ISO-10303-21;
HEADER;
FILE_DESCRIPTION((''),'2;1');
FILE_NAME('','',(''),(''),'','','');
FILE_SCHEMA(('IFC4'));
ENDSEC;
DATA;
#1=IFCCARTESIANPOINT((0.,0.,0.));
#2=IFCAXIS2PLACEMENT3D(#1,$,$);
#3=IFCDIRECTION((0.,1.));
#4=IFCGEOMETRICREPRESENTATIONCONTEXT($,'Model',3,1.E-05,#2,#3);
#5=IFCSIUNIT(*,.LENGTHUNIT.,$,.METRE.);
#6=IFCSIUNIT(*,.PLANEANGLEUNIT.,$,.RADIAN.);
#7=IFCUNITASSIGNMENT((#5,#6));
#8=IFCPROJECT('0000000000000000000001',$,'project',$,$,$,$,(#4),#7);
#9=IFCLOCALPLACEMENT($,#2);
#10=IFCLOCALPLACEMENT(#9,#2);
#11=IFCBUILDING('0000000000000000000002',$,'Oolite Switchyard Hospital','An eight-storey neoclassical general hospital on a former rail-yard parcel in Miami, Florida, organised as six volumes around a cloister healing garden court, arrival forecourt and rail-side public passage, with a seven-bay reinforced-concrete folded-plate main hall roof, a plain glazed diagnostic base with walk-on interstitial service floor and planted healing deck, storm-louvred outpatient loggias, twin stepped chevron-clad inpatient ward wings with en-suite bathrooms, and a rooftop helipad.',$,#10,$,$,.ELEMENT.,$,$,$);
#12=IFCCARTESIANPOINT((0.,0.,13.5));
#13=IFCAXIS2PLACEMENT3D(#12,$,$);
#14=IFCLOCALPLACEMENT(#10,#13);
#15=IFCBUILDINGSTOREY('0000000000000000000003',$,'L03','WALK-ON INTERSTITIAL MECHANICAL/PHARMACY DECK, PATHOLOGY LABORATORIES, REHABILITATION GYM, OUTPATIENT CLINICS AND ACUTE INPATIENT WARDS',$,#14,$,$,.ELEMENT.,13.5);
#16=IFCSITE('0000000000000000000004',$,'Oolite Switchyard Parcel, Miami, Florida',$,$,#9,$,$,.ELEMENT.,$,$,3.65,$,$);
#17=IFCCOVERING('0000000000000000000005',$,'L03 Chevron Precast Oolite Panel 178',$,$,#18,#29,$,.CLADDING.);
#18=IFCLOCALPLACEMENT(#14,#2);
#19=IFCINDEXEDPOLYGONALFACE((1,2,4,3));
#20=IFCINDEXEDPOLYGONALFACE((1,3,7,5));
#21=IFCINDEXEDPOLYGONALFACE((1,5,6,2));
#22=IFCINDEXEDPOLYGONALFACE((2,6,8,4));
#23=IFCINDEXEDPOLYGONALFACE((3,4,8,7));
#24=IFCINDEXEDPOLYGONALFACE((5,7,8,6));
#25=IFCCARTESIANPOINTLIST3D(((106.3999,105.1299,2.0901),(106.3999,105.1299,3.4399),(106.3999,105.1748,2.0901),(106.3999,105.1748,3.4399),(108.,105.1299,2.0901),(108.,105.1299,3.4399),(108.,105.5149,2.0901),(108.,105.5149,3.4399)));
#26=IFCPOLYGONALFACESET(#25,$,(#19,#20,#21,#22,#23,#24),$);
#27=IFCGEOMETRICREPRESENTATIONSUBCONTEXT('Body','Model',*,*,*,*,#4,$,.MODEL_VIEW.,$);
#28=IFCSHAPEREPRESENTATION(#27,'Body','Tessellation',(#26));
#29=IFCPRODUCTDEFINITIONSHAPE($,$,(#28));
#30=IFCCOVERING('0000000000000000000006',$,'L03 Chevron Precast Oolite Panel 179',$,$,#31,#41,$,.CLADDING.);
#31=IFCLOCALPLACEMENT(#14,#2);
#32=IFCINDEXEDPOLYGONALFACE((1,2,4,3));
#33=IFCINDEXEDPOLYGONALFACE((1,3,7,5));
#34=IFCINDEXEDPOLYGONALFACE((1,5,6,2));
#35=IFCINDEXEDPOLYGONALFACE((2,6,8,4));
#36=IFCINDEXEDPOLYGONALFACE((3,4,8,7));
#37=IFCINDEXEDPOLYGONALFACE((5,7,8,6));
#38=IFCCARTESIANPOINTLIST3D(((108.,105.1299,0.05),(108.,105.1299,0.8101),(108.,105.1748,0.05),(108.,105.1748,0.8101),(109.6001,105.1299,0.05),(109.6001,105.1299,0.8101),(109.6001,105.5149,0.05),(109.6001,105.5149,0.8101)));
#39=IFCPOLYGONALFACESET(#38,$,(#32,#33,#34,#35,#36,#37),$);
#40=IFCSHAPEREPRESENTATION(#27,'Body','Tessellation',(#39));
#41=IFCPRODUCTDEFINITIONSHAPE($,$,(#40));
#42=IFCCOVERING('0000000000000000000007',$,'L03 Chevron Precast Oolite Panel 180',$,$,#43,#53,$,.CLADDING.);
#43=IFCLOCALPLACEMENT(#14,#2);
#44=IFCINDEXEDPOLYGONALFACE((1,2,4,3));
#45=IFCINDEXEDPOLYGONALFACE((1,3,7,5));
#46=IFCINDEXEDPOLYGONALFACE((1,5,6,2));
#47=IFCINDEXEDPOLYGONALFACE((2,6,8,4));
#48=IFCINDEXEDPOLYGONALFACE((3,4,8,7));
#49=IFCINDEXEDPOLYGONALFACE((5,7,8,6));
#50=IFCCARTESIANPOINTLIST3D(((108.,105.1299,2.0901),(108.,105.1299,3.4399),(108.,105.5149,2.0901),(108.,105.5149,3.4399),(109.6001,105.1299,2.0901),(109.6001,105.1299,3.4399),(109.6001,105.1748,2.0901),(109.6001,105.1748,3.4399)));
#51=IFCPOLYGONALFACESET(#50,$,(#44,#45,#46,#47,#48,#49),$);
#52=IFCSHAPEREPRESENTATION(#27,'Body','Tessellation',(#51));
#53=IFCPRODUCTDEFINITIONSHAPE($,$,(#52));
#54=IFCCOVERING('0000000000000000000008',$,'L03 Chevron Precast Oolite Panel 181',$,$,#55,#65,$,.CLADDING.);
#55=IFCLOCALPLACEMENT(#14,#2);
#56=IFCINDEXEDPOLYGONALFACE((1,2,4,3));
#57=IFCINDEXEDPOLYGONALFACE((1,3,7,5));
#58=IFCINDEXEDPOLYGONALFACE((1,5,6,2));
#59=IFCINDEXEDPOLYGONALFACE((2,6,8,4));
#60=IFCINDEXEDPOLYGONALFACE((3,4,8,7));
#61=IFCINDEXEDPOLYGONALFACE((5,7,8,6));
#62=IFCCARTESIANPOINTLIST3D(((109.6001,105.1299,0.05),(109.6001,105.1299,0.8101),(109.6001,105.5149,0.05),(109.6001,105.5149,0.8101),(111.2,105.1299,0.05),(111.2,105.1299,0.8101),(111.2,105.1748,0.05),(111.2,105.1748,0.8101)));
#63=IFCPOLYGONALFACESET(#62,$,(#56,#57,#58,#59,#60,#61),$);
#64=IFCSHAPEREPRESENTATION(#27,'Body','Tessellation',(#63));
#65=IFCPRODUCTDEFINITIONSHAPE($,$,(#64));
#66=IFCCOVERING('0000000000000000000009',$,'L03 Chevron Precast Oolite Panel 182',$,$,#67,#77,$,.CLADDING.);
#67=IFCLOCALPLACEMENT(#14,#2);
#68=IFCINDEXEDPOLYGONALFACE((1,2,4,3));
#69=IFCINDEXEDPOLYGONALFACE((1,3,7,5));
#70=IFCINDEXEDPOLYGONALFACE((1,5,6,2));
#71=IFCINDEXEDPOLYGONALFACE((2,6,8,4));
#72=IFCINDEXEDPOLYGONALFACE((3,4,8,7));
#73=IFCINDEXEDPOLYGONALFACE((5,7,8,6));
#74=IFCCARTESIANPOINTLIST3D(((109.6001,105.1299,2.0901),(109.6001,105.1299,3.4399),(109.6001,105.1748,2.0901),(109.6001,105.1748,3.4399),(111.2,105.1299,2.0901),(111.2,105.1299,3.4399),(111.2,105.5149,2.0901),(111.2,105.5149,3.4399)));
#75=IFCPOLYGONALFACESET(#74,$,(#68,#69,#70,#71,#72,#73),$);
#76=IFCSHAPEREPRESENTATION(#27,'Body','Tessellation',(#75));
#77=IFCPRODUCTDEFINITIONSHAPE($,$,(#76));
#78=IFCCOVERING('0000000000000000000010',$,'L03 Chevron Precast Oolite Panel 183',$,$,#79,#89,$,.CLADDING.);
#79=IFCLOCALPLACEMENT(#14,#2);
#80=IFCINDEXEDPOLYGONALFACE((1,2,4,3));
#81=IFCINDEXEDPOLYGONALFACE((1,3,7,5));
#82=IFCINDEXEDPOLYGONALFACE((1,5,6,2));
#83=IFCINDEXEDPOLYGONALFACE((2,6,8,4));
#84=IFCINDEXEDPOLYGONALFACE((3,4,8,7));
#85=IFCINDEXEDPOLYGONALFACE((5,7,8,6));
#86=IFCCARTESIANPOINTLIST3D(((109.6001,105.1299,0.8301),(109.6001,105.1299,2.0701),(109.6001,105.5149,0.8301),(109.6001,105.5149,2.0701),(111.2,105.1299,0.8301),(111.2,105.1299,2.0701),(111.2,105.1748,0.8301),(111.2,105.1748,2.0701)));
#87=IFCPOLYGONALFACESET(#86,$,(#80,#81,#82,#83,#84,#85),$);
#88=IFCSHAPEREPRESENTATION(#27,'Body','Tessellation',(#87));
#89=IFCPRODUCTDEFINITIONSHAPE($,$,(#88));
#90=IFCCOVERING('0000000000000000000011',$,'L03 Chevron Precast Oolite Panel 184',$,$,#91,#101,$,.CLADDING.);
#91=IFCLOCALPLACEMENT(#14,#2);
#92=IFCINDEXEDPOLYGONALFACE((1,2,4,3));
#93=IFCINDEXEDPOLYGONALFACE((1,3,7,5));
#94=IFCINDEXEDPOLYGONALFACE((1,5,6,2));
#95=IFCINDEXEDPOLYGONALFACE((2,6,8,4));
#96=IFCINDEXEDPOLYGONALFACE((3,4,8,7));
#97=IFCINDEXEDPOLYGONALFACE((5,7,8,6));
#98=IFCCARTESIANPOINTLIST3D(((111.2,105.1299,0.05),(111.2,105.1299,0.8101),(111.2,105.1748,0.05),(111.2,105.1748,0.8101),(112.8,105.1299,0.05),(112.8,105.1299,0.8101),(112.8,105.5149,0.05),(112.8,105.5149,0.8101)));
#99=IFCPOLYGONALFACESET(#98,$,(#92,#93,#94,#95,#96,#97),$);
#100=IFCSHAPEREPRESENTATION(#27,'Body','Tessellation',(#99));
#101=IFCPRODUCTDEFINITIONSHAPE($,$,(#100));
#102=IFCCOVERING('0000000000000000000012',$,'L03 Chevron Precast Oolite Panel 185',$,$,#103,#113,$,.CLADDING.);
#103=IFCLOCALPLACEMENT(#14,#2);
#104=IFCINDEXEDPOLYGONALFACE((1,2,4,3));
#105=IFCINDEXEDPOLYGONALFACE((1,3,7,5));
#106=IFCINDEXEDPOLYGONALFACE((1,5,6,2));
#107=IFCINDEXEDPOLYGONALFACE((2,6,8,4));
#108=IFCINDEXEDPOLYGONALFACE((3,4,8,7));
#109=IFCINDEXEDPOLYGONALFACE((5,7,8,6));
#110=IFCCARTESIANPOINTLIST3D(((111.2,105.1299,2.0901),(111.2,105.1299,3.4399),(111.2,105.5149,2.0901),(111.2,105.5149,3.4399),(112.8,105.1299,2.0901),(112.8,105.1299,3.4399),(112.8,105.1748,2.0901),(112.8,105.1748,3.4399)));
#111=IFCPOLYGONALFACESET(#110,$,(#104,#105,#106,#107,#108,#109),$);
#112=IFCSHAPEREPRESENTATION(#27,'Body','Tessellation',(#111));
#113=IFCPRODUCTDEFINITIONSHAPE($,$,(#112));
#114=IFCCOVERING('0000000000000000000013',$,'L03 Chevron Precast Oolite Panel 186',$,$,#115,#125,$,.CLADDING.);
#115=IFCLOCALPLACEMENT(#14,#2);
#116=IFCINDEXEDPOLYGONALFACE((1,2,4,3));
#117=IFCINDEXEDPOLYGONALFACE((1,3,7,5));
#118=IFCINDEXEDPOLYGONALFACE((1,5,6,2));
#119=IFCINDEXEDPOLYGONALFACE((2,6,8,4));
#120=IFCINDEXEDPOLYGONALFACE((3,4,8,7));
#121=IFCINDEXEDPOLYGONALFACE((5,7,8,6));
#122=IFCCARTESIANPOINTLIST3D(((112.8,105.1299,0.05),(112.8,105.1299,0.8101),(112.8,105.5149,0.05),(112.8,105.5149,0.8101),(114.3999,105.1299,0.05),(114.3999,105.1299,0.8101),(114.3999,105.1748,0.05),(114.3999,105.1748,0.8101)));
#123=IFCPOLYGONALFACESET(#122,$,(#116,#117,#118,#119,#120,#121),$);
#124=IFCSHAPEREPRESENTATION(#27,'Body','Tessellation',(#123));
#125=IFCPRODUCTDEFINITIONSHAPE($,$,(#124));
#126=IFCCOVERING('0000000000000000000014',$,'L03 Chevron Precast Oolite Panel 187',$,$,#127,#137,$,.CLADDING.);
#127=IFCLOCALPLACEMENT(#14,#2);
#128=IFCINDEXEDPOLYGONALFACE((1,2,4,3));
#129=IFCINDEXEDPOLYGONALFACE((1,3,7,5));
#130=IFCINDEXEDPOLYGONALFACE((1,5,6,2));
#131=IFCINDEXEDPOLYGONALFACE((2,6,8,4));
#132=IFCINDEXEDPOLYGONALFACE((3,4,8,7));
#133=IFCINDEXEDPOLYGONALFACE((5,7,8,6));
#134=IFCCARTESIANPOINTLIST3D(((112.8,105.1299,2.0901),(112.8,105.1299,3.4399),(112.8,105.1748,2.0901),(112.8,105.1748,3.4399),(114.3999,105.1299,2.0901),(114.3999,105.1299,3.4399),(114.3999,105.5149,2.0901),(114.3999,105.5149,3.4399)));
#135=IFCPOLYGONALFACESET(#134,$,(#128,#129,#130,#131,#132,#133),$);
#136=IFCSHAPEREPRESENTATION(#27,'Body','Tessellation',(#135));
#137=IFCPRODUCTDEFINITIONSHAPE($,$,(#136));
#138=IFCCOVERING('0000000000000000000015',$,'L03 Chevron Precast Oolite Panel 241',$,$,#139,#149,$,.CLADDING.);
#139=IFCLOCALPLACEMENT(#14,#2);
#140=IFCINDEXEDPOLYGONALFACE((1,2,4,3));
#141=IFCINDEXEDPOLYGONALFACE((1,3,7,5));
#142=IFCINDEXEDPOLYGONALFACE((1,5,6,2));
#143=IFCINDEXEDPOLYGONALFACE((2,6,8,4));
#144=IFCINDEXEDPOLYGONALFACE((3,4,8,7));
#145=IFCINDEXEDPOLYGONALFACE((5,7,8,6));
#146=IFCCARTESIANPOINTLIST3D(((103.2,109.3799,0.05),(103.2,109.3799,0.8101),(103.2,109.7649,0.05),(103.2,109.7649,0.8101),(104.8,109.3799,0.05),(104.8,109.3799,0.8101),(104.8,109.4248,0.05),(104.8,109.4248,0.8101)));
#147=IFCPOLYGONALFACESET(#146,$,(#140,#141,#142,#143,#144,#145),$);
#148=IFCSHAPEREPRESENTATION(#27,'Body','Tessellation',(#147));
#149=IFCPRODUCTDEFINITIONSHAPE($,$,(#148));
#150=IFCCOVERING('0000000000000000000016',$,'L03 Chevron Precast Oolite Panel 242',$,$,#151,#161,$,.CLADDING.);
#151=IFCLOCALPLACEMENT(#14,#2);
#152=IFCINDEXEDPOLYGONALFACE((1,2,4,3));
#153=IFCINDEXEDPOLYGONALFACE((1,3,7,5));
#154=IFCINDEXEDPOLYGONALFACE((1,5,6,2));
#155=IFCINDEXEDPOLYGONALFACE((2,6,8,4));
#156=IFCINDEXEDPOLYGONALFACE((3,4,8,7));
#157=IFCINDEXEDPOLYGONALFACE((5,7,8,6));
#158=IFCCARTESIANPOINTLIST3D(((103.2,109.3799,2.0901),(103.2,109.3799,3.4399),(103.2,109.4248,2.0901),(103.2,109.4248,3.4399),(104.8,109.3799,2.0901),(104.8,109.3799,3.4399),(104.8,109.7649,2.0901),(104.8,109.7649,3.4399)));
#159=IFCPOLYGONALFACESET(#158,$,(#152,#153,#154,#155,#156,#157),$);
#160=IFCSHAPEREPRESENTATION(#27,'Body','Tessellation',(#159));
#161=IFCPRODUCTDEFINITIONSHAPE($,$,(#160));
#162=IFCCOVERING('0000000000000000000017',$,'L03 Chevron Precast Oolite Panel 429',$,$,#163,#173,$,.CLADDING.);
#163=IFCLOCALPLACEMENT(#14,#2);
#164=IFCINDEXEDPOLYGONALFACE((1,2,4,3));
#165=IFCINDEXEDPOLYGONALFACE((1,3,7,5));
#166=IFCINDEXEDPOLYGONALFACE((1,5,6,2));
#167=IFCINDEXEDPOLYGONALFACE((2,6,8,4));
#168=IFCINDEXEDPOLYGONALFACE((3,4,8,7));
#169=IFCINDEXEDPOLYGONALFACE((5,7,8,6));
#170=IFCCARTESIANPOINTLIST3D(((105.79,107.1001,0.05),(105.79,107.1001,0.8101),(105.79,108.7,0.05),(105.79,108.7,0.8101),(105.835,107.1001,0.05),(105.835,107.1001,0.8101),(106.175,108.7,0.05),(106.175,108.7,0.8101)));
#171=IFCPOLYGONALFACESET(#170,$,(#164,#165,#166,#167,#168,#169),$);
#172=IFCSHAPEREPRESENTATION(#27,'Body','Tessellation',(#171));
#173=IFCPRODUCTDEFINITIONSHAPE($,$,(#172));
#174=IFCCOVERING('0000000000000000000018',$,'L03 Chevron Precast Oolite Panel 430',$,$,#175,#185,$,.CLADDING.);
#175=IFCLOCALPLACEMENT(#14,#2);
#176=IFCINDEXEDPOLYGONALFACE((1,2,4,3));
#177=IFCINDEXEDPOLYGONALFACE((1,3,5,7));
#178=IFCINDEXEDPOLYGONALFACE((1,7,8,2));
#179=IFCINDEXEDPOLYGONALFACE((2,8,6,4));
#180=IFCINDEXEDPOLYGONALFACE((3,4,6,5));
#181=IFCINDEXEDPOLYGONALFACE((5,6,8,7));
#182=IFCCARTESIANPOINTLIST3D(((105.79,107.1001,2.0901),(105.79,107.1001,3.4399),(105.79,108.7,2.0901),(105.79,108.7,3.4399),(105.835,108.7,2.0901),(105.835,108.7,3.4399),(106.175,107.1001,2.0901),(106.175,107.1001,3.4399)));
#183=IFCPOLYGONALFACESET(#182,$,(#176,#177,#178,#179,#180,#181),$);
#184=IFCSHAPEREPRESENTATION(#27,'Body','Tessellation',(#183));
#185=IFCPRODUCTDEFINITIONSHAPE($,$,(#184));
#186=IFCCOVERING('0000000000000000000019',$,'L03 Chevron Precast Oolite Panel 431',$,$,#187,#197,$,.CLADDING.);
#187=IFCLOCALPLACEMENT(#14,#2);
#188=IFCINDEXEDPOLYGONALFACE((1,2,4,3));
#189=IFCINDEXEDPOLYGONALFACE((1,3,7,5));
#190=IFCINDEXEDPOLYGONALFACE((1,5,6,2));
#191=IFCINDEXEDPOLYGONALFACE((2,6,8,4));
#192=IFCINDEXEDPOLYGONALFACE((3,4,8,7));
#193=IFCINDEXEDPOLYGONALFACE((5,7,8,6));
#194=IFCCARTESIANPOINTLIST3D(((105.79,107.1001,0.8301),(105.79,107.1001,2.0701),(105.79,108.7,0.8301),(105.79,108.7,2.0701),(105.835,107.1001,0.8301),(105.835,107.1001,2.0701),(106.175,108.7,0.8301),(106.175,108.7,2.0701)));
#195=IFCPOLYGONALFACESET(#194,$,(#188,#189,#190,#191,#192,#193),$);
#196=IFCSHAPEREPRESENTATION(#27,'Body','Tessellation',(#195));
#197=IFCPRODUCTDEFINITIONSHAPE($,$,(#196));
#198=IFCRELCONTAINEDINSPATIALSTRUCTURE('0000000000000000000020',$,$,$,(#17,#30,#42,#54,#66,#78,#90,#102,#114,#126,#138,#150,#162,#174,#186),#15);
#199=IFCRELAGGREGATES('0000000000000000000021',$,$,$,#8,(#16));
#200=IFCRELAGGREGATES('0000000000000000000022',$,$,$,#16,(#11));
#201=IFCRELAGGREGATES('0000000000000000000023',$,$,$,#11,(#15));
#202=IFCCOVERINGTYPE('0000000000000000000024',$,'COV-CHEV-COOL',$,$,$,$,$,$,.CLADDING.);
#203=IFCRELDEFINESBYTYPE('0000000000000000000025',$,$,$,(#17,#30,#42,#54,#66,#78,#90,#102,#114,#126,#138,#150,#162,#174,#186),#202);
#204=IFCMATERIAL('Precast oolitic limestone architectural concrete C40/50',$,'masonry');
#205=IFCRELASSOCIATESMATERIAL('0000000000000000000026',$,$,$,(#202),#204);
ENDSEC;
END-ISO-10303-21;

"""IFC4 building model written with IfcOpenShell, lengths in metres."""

from ifc_helpers import new_model, si_unit, direction, frame, origin, place, context, subcontext, project, spatial, polyline, outline, extrude, material, type_object, element, save


model = new_model("IFC4")

# Units and contexts
model_context = context("Model", 3, precision=1e-05, world=origin(), true_north=direction((0.0, 1.0)))
body_context = subcontext(model_context, "Body", "Model", "MODEL_VIEW")
ifc_project = project(units=[si_unit("LENGTHUNIT", "METRE"), si_unit("PLANEANGLEUNIT", "RADIAN")], contexts=[model_context])

# Site, building, storey
site_placement = place(None, origin())
site = spatial("IfcSite", under=ifc_project, at=site_placement, Name="Oolite Switchyard Parcel, Miami, Florida", CompositionType="ELEMENT", RefElevation=3.65)
building_placement = place(site_placement, origin())
building = spatial("IfcBuilding", under=site, at=building_placement, Name="Oolite Switchyard Hospital", Description="An eight-storey neoclassical general hospital on a former rail-yard parcel in Miami, Florida, organised as six volumes around a cloister healing garden court, arrival forecourt and rail-side public passage, with a seven-bay reinforced-concrete folded-plate main hall roof, a plain glazed diagnostic base with walk-on interstitial service floor and planted healing deck, storm-louvred outpatient loggias, twin stepped chevron-clad inpatient ward wings with en-suite bathrooms, and a rooftop helipad.", CompositionType="ELEMENT")
storey_placement = place(building_placement, frame((0.0, 0.0, 13.5)))
storey = spatial("IfcBuildingStorey", under=building, at=storey_placement, Name="L03", Description="WALK-ON INTERSTITIAL MECHANICAL/PHARMACY DECK, PATHOLOGY LABORATORIES, REHABILITATION GYM, OUTPATIENT CLINICS AND ACUTE INPATIENT WARDS", CompositionType="ELEMENT", Elevation=13.5)

# Shared definitions
ifc_material_1 = material(Name="Precast oolitic limestone architectural concrete C40/50", Category="masonry")

# Coverings
covering_type = type_object("IfcCoveringType", Name="COV-CHEV-COOL", PredefinedType="CLADDING", material=ifc_material_1)
covering_1_placement = place(storey_placement, frame((106.3999, 105.1299, 2.0901), z_axis=(0.0, 0.0, 1.0), x_axis=(1.0, 0.0, 0.0)))
element("IfcCovering", 1, at=covering_1_placement, inside=storey, type_object=covering_type, Name="L03 Chevron Precast Oolite Panel 178", PredefinedType="CLADDING", context=body_context, shape_type="SweptSolid", body=[
    extrude(outline(polyline([(0.0, 0.0), (1.6001, 0.0), (1.6001, 0.385), (0.0, 0.0449), (0.0, 0.0)])), origin(), (0.0, 0.0, 1.0), 1.3499),
])
covering_2_placement = place(storey_placement, frame((108.0, 105.1299, 0.05), z_axis=(0.0, 0.0, 1.0), x_axis=(1.0, 0.0, 0.0)))
element("IfcCovering", 2, at=covering_2_placement, inside=storey, type_object=covering_type, Name="L03 Chevron Precast Oolite Panel 179", PredefinedType="CLADDING", context=body_context, shape_type="SweptSolid", body=[
    extrude(outline(polyline([(0.0, 0.0), (1.6001, 0.0), (1.6001, 0.385), (0.0, 0.0449), (0.0, 0.0)])), origin(), (0.0, 0.0, 1.0), 0.76),
])
covering_3_placement = place(storey_placement, frame((108.0, 105.1299, 2.0901), z_axis=(0.0, 0.0, 1.0), x_axis=(1.0, 0.0, 0.0)))
element("IfcCovering", 3, at=covering_3_placement, inside=storey, type_object=covering_type, Name="L03 Chevron Precast Oolite Panel 180", PredefinedType="CLADDING", context=body_context, shape_type="SweptSolid", body=[
    extrude(outline(polyline([(0.0, 0.0), (1.6001, 0.0), (1.6001, 0.0449), (0.0, 0.385), (0.0, 0.0)])), origin(), (0.0, 0.0, 1.0), 1.3499),
])
covering_4_placement = place(storey_placement, frame((109.6001, 105.1299, 0.05), z_axis=(0.0, 0.0, 1.0), x_axis=(1.0, 0.0, 0.0)))
element("IfcCovering", 4, at=covering_4_placement, inside=storey, type_object=covering_type, Name="L03 Chevron Precast Oolite Panel 181", PredefinedType="CLADDING", context=body_context, shape_type="SweptSolid", body=[
    extrude(outline(polyline([(0.0, 0.0), (1.5999, 0.0), (1.5999, 0.0449), (0.0, 0.385), (0.0, 0.0)])), origin(), (0.0, 0.0, 1.0), 0.76),
])
covering_5_placement = place(storey_placement, frame((109.6001, 105.1299, 2.0901), z_axis=(0.0, 0.0, 1.0), x_axis=(1.0, 0.0, 0.0)))
element("IfcCovering", 5, at=covering_5_placement, inside=storey, type_object=covering_type, Name="L03 Chevron Precast Oolite Panel 182", PredefinedType="CLADDING", context=body_context, shape_type="SweptSolid", body=[
    extrude(outline(polyline([(0.0, 0.0), (1.5999, 0.0), (1.5999, 0.385), (0.0, 0.0449), (0.0, 0.0)])), origin(), (0.0, 0.0, 1.0), 1.3499),
])
covering_6_placement = place(storey_placement, frame((109.6001, 105.1299, 0.8301), z_axis=(0.0, 0.0, 1.0), x_axis=(1.0, 0.0, 0.0)))
element("IfcCovering", 6, at=covering_6_placement, inside=storey, type_object=covering_type, Name="L03 Chevron Precast Oolite Panel 183", PredefinedType="CLADDING", context=body_context, shape_type="SweptSolid", body=[
    extrude(outline(polyline([(0.0, 0.0), (1.5999, 0.0), (1.5999, 0.0449), (0.0, 0.385), (0.0, 0.0)])), origin(), (0.0, 0.0, 1.0), 1.24),
])
covering_7_placement = place(storey_placement, frame((111.2, 105.1299, 0.05), z_axis=(0.0, 0.0, 1.0), x_axis=(1.0, 0.0, 0.0)))
element("IfcCovering", 7, at=covering_7_placement, inside=storey, type_object=covering_type, Name="L03 Chevron Precast Oolite Panel 184", PredefinedType="CLADDING", context=body_context, shape_type="SweptSolid", body=[
    extrude(outline(polyline([(0.0, 0.0), (1.6001, 0.0), (1.6001, 0.385), (0.0, 0.0449), (0.0, 0.0)])), origin(), (0.0, 0.0, 1.0), 0.76),
])
covering_8_placement = place(storey_placement, frame((111.2, 105.1299, 2.0901), z_axis=(0.0, 0.0, 1.0), x_axis=(1.0, 0.0, 0.0)))
element("IfcCovering", 8, at=covering_8_placement, inside=storey, type_object=covering_type, Name="L03 Chevron Precast Oolite Panel 185", PredefinedType="CLADDING", context=body_context, shape_type="SweptSolid", body=[
    extrude(outline(polyline([(0.0, 0.0), (1.6001, 0.0), (1.6001, 0.0449), (0.0, 0.385), (0.0, 0.0)])), origin(), (0.0, 0.0, 1.0), 1.3499),
])
covering_9_placement = place(storey_placement, frame((112.8, 105.1299, 0.05), z_axis=(0.0, 0.0, 1.0), x_axis=(1.0, 0.0, 0.0)))
element("IfcCovering", 9, at=covering_9_placement, inside=storey, type_object=covering_type, Name="L03 Chevron Precast Oolite Panel 186", PredefinedType="CLADDING", context=body_context, shape_type="SweptSolid", body=[
    extrude(outline(polyline([(0.0, 0.0), (1.5999, 0.0), (1.5999, 0.0449), (0.0, 0.385), (0.0, 0.0)])), origin(), (0.0, 0.0, 1.0), 0.76),
])
covering_10_placement = place(storey_placement, frame((112.8, 105.1299, 2.0901), z_axis=(0.0, 0.0, 1.0), x_axis=(1.0, 0.0, 0.0)))
element("IfcCovering", 10, at=covering_10_placement, inside=storey, type_object=covering_type, Name="L03 Chevron Precast Oolite Panel 187", PredefinedType="CLADDING", context=body_context, shape_type="SweptSolid", body=[
    extrude(outline(polyline([(0.0, 0.0), (1.5999, 0.0), (1.5999, 0.385), (0.0, 0.0449), (0.0, 0.0)])), origin(), (0.0, 0.0, 1.0), 1.3499),
])
covering_11_placement = place(storey_placement, frame((103.2, 109.3799, 0.05), z_axis=(0.0, 0.0, 1.0), x_axis=(1.0, 0.0, 0.0)))
element("IfcCovering", 11, at=covering_11_placement, inside=storey, type_object=covering_type, Name="L03 Chevron Precast Oolite Panel 241", PredefinedType="CLADDING", context=body_context, shape_type="SweptSolid", body=[
    extrude(outline(polyline([(0.0, 0.0), (1.6001, 0.0), (1.6001, 0.0449), (0.0, 0.385), (0.0, 0.0)])), origin(), (0.0, 0.0, 1.0), 0.76),
])
covering_12_placement = place(storey_placement, frame((103.2, 109.3799, 2.0901), z_axis=(0.0, 0.0, 1.0), x_axis=(1.0, 0.0, 0.0)))
element("IfcCovering", 12, at=covering_12_placement, inside=storey, type_object=covering_type, Name="L03 Chevron Precast Oolite Panel 242", PredefinedType="CLADDING", context=body_context, shape_type="SweptSolid", body=[
    extrude(outline(polyline([(0.0, 0.0), (1.6001, 0.0), (1.6001, 0.385), (0.0, 0.0449), (0.0, 0.0)])), origin(), (0.0, 0.0, 1.0), 1.3499),
])
covering_13_placement = place(storey_placement, frame((105.79, 108.7, 0.05), z_axis=(0.0, 0.0, 1.0), x_axis=(0.0, -1.0, 0.0)))
element("IfcCovering", 13, at=covering_13_placement, inside=storey, type_object=covering_type, Name="L03 Chevron Precast Oolite Panel 429", PredefinedType="CLADDING", context=body_context, shape_type="SweptSolid", body=[
    extrude(outline(polyline([(0.0, 0.0), (1.5999, 0.0), (1.5999, 0.0449), (0.0, 0.385), (0.0, 0.0)])), origin(), (0.0, 0.0, 1.0), 0.76),
])
covering_14_placement = place(storey_placement, frame((105.79, 108.7, 2.0901), z_axis=(0.0, 0.0, 1.0), x_axis=(0.0, -1.0, 0.0)))
element("IfcCovering", 14, at=covering_14_placement, inside=storey, type_object=covering_type, Name="L03 Chevron Precast Oolite Panel 430", PredefinedType="CLADDING", context=body_context, shape_type="SweptSolid", body=[
    extrude(outline(polyline([(0.0, 0.0), (1.5999, 0.0), (1.5999, 0.385), (0.0, 0.0449), (0.0, 0.0)])), origin(), (0.0, 0.0, 1.0), 1.3499),
])
covering_15_placement = place(storey_placement, frame((105.79, 108.7, 0.8301), z_axis=(0.0, 0.0, 1.0), x_axis=(0.0, -1.0, 0.0)))
element("IfcCovering", 15, at=covering_15_placement, inside=storey, type_object=covering_type, Name="L03 Chevron Precast Oolite Panel 431", PredefinedType="CLADDING", context=body_context, shape_type="SweptSolid", body=[
    extrude(outline(polyline([(0.0, 0.0), (1.5999, 0.0), (1.5999, 0.0449), (0.0, 0.385), (0.0, 0.0)])), origin(), (0.0, 0.0, 1.0), 1.24),
])

save(model, "model.ifc")
